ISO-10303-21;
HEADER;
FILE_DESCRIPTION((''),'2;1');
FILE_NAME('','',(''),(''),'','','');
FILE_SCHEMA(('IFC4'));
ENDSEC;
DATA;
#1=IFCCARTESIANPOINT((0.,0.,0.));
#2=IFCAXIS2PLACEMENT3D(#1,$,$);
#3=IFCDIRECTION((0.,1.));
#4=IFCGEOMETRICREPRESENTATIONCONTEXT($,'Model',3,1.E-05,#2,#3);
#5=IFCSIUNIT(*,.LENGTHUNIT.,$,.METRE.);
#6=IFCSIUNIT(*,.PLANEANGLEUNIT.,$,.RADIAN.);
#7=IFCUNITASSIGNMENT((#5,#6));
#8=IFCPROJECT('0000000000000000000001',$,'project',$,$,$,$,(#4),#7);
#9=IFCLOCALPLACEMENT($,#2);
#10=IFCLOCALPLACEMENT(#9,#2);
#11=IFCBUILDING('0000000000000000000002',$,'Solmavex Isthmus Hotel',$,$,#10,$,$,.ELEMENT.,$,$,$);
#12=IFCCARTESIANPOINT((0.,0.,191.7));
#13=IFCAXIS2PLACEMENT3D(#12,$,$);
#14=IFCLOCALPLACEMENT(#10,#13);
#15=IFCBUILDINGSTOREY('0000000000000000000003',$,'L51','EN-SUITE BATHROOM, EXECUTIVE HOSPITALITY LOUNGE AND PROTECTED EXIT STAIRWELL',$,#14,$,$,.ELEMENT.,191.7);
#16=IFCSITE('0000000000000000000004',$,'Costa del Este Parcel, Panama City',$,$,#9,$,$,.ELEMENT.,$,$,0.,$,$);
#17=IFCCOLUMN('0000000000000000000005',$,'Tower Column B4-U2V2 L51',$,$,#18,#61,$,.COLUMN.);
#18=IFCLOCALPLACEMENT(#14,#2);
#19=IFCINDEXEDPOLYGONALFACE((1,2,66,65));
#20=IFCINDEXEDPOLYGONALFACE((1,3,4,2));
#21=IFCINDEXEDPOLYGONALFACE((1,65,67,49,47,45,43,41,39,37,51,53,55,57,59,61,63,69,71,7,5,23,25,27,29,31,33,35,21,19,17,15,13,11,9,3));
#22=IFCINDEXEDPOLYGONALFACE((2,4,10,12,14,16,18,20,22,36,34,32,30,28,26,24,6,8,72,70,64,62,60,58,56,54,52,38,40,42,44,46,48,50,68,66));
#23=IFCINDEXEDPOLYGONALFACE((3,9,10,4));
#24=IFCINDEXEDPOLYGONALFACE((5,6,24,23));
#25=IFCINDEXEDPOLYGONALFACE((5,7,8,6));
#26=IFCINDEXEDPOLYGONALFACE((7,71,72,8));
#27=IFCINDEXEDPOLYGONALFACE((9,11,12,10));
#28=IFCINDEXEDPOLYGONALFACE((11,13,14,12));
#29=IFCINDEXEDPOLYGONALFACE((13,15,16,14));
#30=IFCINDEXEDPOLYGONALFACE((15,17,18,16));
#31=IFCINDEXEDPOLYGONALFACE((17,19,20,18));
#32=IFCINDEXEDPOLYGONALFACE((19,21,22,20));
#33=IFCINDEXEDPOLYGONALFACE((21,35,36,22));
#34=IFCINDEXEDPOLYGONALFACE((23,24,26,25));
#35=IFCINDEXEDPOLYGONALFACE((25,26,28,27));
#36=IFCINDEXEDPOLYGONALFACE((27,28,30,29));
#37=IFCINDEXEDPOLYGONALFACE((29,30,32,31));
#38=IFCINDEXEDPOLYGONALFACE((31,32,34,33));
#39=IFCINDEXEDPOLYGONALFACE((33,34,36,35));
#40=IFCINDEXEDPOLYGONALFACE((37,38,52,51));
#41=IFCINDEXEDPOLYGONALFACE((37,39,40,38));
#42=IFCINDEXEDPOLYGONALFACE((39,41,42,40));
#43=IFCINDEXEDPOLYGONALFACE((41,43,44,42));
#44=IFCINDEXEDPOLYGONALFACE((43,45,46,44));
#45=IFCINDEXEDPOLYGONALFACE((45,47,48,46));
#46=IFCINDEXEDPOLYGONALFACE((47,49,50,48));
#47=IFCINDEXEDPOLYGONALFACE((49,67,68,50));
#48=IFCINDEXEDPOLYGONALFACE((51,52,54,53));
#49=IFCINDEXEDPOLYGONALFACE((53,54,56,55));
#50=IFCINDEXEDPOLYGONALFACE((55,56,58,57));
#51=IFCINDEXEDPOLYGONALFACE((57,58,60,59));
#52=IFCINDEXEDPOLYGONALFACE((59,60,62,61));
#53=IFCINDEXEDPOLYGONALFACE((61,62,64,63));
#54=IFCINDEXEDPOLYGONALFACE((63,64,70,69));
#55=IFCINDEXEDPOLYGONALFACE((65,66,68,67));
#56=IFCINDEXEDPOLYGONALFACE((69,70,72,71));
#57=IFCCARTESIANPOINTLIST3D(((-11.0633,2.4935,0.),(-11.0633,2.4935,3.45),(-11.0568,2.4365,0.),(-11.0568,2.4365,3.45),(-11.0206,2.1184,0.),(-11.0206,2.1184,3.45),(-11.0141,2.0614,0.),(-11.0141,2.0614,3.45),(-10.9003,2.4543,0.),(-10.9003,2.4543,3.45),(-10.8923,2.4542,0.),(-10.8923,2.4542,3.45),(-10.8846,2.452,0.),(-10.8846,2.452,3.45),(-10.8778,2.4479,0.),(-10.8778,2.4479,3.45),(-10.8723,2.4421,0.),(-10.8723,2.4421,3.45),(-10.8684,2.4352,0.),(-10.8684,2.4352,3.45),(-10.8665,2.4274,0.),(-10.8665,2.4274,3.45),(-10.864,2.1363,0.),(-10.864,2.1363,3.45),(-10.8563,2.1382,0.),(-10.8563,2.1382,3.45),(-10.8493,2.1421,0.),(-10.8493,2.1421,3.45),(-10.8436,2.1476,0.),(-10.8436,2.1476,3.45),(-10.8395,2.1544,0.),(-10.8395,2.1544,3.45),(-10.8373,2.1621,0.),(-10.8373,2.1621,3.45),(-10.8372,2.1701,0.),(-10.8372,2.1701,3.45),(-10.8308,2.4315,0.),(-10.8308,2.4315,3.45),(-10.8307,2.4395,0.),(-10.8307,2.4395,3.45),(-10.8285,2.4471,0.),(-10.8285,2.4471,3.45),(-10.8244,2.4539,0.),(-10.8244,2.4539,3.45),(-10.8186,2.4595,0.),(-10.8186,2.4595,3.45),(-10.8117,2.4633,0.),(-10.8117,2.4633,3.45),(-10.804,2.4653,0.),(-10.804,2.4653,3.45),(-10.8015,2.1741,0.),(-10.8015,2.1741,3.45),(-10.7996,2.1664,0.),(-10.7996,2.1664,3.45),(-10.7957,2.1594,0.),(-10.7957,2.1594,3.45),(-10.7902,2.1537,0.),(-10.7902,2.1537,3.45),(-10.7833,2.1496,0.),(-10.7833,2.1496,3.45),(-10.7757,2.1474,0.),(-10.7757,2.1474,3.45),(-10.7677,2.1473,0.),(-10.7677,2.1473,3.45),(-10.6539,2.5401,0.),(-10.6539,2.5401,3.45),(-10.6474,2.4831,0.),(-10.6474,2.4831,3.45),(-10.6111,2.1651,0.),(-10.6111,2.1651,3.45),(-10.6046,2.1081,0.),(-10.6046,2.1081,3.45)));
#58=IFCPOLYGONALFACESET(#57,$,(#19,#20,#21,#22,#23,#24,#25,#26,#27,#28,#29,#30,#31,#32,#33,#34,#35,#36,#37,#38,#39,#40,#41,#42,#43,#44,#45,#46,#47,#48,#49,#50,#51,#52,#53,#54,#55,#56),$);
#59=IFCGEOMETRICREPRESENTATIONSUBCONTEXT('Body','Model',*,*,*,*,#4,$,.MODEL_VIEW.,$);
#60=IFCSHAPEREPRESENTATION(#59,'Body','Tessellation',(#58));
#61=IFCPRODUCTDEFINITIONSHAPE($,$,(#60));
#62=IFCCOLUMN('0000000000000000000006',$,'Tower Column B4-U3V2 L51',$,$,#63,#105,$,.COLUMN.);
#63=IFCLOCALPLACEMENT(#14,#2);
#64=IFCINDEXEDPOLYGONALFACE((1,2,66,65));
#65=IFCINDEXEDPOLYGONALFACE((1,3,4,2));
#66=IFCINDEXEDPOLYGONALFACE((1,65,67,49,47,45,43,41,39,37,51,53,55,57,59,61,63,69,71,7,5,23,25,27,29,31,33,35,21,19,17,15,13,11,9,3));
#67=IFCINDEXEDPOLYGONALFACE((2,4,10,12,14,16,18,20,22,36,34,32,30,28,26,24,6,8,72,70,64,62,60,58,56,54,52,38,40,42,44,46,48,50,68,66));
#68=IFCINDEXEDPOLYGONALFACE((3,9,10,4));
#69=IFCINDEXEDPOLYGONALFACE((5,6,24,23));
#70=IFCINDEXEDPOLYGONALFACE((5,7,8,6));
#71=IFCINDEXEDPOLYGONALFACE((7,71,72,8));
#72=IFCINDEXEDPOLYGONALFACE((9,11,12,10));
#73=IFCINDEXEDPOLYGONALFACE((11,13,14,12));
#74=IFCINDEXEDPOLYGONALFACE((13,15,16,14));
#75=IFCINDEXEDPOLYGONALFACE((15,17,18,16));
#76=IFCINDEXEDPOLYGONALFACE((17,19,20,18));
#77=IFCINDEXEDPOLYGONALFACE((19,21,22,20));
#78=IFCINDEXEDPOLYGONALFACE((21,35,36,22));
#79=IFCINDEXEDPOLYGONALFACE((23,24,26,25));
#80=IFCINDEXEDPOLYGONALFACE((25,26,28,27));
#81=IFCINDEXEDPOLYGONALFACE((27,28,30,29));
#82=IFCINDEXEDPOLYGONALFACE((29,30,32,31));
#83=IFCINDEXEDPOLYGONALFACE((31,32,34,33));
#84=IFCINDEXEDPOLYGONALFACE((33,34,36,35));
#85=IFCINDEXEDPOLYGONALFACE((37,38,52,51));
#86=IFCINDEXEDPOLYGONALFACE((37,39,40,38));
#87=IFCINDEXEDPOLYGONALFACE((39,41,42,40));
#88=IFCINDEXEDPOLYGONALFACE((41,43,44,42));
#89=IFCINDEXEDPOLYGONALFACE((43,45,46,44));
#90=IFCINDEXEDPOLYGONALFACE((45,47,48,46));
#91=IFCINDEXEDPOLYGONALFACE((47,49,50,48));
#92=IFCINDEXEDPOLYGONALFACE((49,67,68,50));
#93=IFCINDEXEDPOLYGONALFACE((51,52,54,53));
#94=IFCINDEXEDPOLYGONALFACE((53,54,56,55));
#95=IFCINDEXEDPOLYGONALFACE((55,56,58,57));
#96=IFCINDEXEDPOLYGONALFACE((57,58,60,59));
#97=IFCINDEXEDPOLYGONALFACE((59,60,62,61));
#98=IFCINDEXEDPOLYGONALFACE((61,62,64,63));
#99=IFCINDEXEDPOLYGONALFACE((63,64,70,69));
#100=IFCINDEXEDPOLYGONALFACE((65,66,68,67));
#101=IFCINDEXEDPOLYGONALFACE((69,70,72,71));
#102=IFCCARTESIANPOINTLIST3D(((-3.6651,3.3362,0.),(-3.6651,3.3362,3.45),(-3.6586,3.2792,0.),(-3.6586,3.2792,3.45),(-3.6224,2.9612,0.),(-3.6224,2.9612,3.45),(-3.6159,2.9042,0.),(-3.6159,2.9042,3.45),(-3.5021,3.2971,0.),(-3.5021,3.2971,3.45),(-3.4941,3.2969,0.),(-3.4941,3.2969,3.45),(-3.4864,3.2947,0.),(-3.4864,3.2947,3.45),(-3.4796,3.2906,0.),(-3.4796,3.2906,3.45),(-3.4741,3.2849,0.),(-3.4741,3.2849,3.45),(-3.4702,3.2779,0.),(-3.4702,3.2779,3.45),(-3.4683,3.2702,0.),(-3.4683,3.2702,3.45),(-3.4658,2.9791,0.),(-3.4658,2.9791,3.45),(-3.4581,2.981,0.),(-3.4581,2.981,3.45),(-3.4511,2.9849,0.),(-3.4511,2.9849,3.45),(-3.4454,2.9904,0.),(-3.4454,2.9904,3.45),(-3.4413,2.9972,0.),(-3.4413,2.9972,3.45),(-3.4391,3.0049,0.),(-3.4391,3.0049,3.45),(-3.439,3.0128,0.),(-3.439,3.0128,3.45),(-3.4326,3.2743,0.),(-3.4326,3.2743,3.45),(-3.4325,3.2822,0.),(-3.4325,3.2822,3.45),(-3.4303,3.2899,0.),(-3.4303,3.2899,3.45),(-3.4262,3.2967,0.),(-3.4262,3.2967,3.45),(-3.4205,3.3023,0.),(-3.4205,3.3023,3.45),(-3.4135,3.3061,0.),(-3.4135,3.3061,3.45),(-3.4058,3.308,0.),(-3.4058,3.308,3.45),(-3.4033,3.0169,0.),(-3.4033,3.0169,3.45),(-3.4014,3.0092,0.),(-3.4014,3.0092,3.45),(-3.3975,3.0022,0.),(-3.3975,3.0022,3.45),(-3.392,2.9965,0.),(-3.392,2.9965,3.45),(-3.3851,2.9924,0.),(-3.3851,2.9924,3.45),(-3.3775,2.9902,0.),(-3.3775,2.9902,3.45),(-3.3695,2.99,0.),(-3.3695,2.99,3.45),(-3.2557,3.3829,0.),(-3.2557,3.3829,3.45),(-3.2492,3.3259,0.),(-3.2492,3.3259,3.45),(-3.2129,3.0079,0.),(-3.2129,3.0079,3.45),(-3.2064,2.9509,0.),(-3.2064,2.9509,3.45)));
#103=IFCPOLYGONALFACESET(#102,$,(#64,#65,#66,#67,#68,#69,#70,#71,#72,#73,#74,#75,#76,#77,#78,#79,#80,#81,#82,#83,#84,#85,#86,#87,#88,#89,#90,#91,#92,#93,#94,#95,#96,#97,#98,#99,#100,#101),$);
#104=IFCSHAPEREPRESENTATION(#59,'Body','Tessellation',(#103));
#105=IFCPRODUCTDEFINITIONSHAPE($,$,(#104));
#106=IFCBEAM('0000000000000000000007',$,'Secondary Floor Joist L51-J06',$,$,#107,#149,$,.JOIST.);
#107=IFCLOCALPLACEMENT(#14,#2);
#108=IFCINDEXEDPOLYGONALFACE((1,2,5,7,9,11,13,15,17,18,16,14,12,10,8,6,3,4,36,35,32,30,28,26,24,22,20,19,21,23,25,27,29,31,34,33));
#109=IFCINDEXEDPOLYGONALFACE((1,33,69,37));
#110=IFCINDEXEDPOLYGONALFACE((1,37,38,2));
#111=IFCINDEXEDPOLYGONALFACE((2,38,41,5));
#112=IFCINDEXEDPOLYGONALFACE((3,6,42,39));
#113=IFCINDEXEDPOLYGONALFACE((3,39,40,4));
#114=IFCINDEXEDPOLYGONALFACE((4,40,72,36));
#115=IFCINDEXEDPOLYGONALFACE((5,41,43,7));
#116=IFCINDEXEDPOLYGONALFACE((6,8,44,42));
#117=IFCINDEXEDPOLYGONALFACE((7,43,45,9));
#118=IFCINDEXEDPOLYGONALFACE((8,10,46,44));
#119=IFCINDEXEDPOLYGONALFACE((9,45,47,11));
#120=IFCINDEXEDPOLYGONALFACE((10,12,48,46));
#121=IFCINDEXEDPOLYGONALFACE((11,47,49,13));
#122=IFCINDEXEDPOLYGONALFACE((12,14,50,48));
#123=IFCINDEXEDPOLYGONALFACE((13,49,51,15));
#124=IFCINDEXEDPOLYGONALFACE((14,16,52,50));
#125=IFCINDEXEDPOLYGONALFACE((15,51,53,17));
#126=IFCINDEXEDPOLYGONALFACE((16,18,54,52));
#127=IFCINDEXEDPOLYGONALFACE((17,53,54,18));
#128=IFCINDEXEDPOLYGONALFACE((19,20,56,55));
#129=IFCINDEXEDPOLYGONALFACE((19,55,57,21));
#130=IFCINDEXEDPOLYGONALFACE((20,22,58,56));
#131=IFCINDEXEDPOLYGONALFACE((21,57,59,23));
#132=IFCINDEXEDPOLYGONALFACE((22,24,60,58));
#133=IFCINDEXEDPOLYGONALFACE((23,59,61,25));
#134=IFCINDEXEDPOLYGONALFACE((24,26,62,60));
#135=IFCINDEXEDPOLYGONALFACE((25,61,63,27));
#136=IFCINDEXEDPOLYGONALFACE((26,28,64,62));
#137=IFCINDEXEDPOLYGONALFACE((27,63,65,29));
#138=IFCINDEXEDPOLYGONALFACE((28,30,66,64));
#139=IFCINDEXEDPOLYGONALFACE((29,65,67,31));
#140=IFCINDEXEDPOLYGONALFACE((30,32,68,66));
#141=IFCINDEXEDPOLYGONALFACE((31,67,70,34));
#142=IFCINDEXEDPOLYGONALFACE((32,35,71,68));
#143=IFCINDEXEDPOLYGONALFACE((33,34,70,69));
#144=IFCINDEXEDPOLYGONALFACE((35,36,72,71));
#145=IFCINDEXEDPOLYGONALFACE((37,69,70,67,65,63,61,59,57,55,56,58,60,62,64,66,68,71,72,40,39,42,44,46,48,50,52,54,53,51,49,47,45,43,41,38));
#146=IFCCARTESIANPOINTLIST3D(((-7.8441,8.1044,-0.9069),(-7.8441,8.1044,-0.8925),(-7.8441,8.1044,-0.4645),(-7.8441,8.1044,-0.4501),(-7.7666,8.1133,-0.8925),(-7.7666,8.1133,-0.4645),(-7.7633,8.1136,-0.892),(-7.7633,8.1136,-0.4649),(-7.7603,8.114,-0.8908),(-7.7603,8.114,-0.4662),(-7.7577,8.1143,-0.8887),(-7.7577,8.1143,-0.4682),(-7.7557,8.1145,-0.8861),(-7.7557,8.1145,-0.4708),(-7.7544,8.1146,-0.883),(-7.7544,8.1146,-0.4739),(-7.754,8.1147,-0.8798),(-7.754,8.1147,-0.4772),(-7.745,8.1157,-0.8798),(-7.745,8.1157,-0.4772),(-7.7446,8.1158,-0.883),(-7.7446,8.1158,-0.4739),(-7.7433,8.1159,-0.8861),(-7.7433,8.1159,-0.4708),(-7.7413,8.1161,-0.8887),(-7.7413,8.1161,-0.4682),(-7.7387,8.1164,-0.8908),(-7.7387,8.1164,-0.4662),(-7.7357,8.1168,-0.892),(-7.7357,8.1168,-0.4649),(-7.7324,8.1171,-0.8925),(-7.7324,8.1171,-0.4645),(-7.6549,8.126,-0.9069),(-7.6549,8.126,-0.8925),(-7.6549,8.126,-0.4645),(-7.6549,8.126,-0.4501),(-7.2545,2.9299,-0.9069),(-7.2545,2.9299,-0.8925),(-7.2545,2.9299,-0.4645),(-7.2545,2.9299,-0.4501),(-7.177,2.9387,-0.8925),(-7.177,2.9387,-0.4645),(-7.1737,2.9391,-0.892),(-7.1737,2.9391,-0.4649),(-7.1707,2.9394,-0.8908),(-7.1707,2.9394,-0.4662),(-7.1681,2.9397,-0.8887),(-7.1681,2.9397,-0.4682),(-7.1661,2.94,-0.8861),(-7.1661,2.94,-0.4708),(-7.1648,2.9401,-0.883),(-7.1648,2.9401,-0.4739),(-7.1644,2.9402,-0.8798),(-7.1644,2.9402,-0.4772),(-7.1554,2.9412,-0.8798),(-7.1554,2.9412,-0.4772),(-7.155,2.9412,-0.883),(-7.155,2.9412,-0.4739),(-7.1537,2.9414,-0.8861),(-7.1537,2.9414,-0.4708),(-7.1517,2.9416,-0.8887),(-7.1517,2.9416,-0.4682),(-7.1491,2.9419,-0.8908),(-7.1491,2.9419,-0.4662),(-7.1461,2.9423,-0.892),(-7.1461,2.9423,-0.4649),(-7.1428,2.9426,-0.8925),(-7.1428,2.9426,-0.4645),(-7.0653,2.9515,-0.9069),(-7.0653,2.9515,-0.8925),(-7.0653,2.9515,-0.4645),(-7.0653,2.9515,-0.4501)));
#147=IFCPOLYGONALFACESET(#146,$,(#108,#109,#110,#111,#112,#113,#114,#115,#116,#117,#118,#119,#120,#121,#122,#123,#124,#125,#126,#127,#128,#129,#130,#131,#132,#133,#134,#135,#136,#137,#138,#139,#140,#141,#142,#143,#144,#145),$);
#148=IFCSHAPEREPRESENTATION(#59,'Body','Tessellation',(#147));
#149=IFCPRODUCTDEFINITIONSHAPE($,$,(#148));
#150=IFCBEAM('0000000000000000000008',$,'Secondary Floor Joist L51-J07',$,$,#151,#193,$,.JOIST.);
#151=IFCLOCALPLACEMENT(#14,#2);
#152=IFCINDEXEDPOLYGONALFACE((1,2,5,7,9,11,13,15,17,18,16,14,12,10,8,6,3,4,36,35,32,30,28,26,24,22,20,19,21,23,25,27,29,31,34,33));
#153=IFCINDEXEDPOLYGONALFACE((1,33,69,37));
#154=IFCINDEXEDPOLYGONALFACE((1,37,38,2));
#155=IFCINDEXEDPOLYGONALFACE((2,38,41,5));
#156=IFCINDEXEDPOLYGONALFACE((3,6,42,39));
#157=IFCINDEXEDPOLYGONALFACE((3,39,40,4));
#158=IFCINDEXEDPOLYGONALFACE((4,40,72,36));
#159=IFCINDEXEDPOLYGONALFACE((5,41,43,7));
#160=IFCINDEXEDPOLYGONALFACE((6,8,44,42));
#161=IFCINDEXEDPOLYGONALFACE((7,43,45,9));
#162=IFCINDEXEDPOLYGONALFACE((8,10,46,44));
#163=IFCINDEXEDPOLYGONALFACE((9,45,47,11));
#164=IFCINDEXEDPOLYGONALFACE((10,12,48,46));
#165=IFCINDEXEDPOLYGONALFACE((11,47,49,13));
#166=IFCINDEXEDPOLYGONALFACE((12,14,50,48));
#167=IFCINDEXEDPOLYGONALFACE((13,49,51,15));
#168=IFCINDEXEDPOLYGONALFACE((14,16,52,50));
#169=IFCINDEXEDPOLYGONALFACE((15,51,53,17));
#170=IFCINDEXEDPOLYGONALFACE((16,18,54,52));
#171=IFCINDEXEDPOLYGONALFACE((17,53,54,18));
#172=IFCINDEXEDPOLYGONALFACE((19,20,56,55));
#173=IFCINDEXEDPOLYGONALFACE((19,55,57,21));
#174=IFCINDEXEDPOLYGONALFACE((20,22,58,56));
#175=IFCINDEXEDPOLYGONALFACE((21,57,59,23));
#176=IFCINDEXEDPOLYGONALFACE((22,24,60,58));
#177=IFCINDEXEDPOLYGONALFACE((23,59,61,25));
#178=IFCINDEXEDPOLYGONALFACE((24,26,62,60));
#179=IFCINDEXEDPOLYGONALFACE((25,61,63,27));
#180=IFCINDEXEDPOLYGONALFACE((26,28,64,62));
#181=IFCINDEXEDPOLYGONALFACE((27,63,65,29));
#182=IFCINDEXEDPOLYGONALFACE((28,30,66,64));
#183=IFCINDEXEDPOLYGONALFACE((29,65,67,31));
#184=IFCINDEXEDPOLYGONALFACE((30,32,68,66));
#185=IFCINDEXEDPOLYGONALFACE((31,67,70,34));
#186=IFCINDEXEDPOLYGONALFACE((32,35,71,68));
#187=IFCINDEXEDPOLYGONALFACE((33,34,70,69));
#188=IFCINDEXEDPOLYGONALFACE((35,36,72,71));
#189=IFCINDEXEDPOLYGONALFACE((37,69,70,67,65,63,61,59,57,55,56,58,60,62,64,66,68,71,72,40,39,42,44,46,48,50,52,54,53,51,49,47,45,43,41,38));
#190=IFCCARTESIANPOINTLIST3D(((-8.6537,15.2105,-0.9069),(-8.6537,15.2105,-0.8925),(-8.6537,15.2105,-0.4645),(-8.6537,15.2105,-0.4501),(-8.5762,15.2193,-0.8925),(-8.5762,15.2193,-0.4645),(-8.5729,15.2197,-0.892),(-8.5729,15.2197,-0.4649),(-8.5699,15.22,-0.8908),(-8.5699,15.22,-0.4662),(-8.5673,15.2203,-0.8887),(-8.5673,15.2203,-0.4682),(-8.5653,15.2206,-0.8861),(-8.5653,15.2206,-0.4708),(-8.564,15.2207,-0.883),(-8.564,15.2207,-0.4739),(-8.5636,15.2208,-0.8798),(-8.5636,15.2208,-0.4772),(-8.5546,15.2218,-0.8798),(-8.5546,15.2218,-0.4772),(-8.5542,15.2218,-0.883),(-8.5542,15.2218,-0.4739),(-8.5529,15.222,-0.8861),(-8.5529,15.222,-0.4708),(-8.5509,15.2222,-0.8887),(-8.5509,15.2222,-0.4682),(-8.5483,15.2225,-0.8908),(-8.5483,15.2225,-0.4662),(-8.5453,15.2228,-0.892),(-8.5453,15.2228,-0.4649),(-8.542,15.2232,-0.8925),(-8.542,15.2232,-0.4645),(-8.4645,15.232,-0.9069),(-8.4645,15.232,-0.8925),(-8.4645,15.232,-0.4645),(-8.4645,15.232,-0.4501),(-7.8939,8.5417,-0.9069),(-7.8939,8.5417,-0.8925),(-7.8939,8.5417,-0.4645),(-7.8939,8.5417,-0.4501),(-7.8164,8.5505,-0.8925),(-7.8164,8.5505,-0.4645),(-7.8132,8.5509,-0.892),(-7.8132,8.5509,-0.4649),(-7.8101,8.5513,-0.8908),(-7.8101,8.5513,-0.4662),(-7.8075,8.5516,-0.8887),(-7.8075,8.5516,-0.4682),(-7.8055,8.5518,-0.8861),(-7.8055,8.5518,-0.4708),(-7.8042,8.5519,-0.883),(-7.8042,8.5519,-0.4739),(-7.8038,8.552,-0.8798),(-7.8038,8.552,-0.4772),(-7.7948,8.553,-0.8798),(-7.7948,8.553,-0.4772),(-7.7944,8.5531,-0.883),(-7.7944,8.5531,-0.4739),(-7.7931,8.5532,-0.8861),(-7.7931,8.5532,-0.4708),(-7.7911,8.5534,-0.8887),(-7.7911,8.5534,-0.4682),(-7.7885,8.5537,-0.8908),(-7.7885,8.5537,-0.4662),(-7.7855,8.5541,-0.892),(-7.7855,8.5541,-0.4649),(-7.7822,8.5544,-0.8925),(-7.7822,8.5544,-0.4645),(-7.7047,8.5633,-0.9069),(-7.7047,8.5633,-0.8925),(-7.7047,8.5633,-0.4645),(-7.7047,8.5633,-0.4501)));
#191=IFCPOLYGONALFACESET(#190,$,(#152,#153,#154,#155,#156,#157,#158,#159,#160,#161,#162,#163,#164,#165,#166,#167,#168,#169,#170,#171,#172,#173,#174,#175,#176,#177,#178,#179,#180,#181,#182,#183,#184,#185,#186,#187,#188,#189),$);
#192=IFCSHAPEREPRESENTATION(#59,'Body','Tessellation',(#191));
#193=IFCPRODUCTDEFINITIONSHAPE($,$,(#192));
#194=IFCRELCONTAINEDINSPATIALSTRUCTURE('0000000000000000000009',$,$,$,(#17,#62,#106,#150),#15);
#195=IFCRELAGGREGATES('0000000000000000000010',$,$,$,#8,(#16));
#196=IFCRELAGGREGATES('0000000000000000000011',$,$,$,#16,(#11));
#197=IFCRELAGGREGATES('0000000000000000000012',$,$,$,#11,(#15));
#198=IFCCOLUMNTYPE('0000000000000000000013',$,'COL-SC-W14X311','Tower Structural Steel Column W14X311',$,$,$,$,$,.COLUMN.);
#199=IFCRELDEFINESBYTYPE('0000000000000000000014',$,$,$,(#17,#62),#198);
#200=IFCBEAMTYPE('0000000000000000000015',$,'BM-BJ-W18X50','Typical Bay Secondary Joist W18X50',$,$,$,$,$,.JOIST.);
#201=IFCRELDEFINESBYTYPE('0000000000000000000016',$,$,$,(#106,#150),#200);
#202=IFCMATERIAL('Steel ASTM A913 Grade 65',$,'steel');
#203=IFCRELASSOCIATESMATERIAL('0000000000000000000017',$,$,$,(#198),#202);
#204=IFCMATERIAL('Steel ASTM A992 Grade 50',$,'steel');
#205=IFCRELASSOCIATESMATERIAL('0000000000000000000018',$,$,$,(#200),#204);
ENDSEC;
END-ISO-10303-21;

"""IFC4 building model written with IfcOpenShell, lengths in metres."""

from ifc_helpers import new_model, si_unit, direction, frame, origin, origin_2d, place, context, subcontext, project, spatial, i_section, extrude, material, material_profile, profile_set, type_object, element, save


model = new_model("IFC4")

# Units and contexts
model_context = context("Model", 3, precision=1e-05, world=origin(), true_north=direction((0.0, 1.0)))
body_context = subcontext(model_context, "Body", "Model", "MODEL_VIEW")
ifc_project = project(units=[si_unit("LENGTHUNIT", "METRE"), si_unit("PLANEANGLEUNIT", "RADIAN")], contexts=[model_context])

# Site, building, storey
site_placement = place(None, origin())
site = spatial("IfcSite", under=ifc_project, at=site_placement, Name="Costa del Este Parcel, Panama City", CompositionType="ELEMENT", RefElevation=0.0)
building_placement = place(site_placement, origin())
building = spatial("IfcBuilding", under=site, at=building_placement, Name="Solmavex Isthmus Hotel", CompositionType="ELEMENT")
storey_placement = place(building_placement, frame((0.0, 0.0, 191.7)))
storey = spatial("IfcBuildingStorey", under=building, at=storey_placement, Name="L51", Description="EN-SUITE BATHROOM, EXECUTIVE HOSPITALITY LOUNGE AND PROTECTED EXIT STAIRWELL", CompositionType="ELEMENT", Elevation=191.7)

# Columns
ifc_material_1 = material(Name="Steel ASTM A913 Grade 65", Category="steel")
ifc_material_profile_1 = material_profile(ifc_material_1, i_section(OverallWidth=0.4121, OverallDepth=0.4348, WebThickness=0.0359, FlangeThickness=0.0574, FilletRadius=0.0305, at=origin_2d()), Name="W14X311")
ifc_profile_set_1 = profile_set([ifc_material_profile_1], Name="Steel ASTM A913 Grade 65")
column_type = type_object("IfcColumnType", Name="COL-SC-W14X311", Description="Tower Structural Steel Column W14X311", PredefinedType="COLUMN", material=ifc_profile_set_1)
for number, where, z_axis, x_axis, name in (
    (1, (-10.834, 2.3008, 0.0), (0.0, 0.0, 1.0), (0.993572, 0.113203, 0.0), "Tower Column B4-U2V2 L51"),
    (2, (-3.4358, 3.1436, 0.0), (0.0, 0.0, 1.0), (0.993572, 0.113203, 0.0), "Tower Column B4-U3V2 L51"),
):
    element("IfcColumn", number, at=place(storey_placement, frame(where, z_axis=z_axis, x_axis=x_axis)), inside=storey, type_object=column_type, Name=name, PredefinedType="COLUMN", context=body_context, shape_type="SweptSolid", body=[
        extrude(i_section(OverallWidth=0.4121, OverallDepth=0.4348, WebThickness=0.0359, FlangeThickness=0.0574, FilletRadius=0.0305, at=origin_2d()), origin(), (0.0, 0.0, 1.0), 3.45),
    ])

# Beams
ifc_material_2 = material(Name="Steel ASTM A992 Grade 50", Category="steel")
ifc_material_profile_2 = material_profile(ifc_material_2, i_section(OverallWidth=0.1904, OverallDepth=0.4568, WebThickness=0.009, FlangeThickness=0.0144, FilletRadius=0.0127, at=origin_2d()), Name="W18X50")
ifc_profile_set_2 = profile_set([ifc_material_profile_2], Name="Steel ASTM A992 Grade 50")
beam_type_1 = type_object("IfcBeamType", Name="BM-BJ-W18X50", Description="Typical Bay Secondary Joist W18X50", PredefinedType="JOIST", material=ifc_profile_set_2)
beam_1_placement = place(storey_placement, frame((-7.1599, 2.9407, -0.6785), z_axis=(-0.113209, 0.993571, 0.0), x_axis=(-0.993571, -0.113209, 0.0)))
element("IfcBeam", 3, at=beam_1_placement, inside=storey, type_object=beam_type_1, Name="Secondary Floor Joist L51-J06", PredefinedType="JOIST", context=body_context, shape_type="SweptSolid", body=[
    extrude(i_section(OverallWidth=0.1904, OverallDepth=0.4568, WebThickness=0.009, FlangeThickness=0.0144, FilletRadius=0.0127, at=origin_2d()), origin(), (0.0, 0.0, 1.0), 5.208),
])
beam_2_placement = place(storey_placement, frame((-7.7993, 8.5525, -0.6785), z_axis=(-0.113198, 0.993572, 0.0), x_axis=(-0.993572, -0.113198, 0.0)))
element("IfcBeam", 4, at=beam_2_placement, inside=storey, type_object=beam_type_1, Name="Secondary Floor Joist L51-J07", PredefinedType="JOIST", context=body_context, shape_type="SweptSolid", body=[
    extrude(i_section(OverallWidth=0.1904, OverallDepth=0.4568, WebThickness=0.009, FlangeThickness=0.0144, FilletRadius=0.0127, at=origin_2d()), origin(), (0.0, 0.0, 1.0), 6.7119),
])

save(model, "model.ifc")
